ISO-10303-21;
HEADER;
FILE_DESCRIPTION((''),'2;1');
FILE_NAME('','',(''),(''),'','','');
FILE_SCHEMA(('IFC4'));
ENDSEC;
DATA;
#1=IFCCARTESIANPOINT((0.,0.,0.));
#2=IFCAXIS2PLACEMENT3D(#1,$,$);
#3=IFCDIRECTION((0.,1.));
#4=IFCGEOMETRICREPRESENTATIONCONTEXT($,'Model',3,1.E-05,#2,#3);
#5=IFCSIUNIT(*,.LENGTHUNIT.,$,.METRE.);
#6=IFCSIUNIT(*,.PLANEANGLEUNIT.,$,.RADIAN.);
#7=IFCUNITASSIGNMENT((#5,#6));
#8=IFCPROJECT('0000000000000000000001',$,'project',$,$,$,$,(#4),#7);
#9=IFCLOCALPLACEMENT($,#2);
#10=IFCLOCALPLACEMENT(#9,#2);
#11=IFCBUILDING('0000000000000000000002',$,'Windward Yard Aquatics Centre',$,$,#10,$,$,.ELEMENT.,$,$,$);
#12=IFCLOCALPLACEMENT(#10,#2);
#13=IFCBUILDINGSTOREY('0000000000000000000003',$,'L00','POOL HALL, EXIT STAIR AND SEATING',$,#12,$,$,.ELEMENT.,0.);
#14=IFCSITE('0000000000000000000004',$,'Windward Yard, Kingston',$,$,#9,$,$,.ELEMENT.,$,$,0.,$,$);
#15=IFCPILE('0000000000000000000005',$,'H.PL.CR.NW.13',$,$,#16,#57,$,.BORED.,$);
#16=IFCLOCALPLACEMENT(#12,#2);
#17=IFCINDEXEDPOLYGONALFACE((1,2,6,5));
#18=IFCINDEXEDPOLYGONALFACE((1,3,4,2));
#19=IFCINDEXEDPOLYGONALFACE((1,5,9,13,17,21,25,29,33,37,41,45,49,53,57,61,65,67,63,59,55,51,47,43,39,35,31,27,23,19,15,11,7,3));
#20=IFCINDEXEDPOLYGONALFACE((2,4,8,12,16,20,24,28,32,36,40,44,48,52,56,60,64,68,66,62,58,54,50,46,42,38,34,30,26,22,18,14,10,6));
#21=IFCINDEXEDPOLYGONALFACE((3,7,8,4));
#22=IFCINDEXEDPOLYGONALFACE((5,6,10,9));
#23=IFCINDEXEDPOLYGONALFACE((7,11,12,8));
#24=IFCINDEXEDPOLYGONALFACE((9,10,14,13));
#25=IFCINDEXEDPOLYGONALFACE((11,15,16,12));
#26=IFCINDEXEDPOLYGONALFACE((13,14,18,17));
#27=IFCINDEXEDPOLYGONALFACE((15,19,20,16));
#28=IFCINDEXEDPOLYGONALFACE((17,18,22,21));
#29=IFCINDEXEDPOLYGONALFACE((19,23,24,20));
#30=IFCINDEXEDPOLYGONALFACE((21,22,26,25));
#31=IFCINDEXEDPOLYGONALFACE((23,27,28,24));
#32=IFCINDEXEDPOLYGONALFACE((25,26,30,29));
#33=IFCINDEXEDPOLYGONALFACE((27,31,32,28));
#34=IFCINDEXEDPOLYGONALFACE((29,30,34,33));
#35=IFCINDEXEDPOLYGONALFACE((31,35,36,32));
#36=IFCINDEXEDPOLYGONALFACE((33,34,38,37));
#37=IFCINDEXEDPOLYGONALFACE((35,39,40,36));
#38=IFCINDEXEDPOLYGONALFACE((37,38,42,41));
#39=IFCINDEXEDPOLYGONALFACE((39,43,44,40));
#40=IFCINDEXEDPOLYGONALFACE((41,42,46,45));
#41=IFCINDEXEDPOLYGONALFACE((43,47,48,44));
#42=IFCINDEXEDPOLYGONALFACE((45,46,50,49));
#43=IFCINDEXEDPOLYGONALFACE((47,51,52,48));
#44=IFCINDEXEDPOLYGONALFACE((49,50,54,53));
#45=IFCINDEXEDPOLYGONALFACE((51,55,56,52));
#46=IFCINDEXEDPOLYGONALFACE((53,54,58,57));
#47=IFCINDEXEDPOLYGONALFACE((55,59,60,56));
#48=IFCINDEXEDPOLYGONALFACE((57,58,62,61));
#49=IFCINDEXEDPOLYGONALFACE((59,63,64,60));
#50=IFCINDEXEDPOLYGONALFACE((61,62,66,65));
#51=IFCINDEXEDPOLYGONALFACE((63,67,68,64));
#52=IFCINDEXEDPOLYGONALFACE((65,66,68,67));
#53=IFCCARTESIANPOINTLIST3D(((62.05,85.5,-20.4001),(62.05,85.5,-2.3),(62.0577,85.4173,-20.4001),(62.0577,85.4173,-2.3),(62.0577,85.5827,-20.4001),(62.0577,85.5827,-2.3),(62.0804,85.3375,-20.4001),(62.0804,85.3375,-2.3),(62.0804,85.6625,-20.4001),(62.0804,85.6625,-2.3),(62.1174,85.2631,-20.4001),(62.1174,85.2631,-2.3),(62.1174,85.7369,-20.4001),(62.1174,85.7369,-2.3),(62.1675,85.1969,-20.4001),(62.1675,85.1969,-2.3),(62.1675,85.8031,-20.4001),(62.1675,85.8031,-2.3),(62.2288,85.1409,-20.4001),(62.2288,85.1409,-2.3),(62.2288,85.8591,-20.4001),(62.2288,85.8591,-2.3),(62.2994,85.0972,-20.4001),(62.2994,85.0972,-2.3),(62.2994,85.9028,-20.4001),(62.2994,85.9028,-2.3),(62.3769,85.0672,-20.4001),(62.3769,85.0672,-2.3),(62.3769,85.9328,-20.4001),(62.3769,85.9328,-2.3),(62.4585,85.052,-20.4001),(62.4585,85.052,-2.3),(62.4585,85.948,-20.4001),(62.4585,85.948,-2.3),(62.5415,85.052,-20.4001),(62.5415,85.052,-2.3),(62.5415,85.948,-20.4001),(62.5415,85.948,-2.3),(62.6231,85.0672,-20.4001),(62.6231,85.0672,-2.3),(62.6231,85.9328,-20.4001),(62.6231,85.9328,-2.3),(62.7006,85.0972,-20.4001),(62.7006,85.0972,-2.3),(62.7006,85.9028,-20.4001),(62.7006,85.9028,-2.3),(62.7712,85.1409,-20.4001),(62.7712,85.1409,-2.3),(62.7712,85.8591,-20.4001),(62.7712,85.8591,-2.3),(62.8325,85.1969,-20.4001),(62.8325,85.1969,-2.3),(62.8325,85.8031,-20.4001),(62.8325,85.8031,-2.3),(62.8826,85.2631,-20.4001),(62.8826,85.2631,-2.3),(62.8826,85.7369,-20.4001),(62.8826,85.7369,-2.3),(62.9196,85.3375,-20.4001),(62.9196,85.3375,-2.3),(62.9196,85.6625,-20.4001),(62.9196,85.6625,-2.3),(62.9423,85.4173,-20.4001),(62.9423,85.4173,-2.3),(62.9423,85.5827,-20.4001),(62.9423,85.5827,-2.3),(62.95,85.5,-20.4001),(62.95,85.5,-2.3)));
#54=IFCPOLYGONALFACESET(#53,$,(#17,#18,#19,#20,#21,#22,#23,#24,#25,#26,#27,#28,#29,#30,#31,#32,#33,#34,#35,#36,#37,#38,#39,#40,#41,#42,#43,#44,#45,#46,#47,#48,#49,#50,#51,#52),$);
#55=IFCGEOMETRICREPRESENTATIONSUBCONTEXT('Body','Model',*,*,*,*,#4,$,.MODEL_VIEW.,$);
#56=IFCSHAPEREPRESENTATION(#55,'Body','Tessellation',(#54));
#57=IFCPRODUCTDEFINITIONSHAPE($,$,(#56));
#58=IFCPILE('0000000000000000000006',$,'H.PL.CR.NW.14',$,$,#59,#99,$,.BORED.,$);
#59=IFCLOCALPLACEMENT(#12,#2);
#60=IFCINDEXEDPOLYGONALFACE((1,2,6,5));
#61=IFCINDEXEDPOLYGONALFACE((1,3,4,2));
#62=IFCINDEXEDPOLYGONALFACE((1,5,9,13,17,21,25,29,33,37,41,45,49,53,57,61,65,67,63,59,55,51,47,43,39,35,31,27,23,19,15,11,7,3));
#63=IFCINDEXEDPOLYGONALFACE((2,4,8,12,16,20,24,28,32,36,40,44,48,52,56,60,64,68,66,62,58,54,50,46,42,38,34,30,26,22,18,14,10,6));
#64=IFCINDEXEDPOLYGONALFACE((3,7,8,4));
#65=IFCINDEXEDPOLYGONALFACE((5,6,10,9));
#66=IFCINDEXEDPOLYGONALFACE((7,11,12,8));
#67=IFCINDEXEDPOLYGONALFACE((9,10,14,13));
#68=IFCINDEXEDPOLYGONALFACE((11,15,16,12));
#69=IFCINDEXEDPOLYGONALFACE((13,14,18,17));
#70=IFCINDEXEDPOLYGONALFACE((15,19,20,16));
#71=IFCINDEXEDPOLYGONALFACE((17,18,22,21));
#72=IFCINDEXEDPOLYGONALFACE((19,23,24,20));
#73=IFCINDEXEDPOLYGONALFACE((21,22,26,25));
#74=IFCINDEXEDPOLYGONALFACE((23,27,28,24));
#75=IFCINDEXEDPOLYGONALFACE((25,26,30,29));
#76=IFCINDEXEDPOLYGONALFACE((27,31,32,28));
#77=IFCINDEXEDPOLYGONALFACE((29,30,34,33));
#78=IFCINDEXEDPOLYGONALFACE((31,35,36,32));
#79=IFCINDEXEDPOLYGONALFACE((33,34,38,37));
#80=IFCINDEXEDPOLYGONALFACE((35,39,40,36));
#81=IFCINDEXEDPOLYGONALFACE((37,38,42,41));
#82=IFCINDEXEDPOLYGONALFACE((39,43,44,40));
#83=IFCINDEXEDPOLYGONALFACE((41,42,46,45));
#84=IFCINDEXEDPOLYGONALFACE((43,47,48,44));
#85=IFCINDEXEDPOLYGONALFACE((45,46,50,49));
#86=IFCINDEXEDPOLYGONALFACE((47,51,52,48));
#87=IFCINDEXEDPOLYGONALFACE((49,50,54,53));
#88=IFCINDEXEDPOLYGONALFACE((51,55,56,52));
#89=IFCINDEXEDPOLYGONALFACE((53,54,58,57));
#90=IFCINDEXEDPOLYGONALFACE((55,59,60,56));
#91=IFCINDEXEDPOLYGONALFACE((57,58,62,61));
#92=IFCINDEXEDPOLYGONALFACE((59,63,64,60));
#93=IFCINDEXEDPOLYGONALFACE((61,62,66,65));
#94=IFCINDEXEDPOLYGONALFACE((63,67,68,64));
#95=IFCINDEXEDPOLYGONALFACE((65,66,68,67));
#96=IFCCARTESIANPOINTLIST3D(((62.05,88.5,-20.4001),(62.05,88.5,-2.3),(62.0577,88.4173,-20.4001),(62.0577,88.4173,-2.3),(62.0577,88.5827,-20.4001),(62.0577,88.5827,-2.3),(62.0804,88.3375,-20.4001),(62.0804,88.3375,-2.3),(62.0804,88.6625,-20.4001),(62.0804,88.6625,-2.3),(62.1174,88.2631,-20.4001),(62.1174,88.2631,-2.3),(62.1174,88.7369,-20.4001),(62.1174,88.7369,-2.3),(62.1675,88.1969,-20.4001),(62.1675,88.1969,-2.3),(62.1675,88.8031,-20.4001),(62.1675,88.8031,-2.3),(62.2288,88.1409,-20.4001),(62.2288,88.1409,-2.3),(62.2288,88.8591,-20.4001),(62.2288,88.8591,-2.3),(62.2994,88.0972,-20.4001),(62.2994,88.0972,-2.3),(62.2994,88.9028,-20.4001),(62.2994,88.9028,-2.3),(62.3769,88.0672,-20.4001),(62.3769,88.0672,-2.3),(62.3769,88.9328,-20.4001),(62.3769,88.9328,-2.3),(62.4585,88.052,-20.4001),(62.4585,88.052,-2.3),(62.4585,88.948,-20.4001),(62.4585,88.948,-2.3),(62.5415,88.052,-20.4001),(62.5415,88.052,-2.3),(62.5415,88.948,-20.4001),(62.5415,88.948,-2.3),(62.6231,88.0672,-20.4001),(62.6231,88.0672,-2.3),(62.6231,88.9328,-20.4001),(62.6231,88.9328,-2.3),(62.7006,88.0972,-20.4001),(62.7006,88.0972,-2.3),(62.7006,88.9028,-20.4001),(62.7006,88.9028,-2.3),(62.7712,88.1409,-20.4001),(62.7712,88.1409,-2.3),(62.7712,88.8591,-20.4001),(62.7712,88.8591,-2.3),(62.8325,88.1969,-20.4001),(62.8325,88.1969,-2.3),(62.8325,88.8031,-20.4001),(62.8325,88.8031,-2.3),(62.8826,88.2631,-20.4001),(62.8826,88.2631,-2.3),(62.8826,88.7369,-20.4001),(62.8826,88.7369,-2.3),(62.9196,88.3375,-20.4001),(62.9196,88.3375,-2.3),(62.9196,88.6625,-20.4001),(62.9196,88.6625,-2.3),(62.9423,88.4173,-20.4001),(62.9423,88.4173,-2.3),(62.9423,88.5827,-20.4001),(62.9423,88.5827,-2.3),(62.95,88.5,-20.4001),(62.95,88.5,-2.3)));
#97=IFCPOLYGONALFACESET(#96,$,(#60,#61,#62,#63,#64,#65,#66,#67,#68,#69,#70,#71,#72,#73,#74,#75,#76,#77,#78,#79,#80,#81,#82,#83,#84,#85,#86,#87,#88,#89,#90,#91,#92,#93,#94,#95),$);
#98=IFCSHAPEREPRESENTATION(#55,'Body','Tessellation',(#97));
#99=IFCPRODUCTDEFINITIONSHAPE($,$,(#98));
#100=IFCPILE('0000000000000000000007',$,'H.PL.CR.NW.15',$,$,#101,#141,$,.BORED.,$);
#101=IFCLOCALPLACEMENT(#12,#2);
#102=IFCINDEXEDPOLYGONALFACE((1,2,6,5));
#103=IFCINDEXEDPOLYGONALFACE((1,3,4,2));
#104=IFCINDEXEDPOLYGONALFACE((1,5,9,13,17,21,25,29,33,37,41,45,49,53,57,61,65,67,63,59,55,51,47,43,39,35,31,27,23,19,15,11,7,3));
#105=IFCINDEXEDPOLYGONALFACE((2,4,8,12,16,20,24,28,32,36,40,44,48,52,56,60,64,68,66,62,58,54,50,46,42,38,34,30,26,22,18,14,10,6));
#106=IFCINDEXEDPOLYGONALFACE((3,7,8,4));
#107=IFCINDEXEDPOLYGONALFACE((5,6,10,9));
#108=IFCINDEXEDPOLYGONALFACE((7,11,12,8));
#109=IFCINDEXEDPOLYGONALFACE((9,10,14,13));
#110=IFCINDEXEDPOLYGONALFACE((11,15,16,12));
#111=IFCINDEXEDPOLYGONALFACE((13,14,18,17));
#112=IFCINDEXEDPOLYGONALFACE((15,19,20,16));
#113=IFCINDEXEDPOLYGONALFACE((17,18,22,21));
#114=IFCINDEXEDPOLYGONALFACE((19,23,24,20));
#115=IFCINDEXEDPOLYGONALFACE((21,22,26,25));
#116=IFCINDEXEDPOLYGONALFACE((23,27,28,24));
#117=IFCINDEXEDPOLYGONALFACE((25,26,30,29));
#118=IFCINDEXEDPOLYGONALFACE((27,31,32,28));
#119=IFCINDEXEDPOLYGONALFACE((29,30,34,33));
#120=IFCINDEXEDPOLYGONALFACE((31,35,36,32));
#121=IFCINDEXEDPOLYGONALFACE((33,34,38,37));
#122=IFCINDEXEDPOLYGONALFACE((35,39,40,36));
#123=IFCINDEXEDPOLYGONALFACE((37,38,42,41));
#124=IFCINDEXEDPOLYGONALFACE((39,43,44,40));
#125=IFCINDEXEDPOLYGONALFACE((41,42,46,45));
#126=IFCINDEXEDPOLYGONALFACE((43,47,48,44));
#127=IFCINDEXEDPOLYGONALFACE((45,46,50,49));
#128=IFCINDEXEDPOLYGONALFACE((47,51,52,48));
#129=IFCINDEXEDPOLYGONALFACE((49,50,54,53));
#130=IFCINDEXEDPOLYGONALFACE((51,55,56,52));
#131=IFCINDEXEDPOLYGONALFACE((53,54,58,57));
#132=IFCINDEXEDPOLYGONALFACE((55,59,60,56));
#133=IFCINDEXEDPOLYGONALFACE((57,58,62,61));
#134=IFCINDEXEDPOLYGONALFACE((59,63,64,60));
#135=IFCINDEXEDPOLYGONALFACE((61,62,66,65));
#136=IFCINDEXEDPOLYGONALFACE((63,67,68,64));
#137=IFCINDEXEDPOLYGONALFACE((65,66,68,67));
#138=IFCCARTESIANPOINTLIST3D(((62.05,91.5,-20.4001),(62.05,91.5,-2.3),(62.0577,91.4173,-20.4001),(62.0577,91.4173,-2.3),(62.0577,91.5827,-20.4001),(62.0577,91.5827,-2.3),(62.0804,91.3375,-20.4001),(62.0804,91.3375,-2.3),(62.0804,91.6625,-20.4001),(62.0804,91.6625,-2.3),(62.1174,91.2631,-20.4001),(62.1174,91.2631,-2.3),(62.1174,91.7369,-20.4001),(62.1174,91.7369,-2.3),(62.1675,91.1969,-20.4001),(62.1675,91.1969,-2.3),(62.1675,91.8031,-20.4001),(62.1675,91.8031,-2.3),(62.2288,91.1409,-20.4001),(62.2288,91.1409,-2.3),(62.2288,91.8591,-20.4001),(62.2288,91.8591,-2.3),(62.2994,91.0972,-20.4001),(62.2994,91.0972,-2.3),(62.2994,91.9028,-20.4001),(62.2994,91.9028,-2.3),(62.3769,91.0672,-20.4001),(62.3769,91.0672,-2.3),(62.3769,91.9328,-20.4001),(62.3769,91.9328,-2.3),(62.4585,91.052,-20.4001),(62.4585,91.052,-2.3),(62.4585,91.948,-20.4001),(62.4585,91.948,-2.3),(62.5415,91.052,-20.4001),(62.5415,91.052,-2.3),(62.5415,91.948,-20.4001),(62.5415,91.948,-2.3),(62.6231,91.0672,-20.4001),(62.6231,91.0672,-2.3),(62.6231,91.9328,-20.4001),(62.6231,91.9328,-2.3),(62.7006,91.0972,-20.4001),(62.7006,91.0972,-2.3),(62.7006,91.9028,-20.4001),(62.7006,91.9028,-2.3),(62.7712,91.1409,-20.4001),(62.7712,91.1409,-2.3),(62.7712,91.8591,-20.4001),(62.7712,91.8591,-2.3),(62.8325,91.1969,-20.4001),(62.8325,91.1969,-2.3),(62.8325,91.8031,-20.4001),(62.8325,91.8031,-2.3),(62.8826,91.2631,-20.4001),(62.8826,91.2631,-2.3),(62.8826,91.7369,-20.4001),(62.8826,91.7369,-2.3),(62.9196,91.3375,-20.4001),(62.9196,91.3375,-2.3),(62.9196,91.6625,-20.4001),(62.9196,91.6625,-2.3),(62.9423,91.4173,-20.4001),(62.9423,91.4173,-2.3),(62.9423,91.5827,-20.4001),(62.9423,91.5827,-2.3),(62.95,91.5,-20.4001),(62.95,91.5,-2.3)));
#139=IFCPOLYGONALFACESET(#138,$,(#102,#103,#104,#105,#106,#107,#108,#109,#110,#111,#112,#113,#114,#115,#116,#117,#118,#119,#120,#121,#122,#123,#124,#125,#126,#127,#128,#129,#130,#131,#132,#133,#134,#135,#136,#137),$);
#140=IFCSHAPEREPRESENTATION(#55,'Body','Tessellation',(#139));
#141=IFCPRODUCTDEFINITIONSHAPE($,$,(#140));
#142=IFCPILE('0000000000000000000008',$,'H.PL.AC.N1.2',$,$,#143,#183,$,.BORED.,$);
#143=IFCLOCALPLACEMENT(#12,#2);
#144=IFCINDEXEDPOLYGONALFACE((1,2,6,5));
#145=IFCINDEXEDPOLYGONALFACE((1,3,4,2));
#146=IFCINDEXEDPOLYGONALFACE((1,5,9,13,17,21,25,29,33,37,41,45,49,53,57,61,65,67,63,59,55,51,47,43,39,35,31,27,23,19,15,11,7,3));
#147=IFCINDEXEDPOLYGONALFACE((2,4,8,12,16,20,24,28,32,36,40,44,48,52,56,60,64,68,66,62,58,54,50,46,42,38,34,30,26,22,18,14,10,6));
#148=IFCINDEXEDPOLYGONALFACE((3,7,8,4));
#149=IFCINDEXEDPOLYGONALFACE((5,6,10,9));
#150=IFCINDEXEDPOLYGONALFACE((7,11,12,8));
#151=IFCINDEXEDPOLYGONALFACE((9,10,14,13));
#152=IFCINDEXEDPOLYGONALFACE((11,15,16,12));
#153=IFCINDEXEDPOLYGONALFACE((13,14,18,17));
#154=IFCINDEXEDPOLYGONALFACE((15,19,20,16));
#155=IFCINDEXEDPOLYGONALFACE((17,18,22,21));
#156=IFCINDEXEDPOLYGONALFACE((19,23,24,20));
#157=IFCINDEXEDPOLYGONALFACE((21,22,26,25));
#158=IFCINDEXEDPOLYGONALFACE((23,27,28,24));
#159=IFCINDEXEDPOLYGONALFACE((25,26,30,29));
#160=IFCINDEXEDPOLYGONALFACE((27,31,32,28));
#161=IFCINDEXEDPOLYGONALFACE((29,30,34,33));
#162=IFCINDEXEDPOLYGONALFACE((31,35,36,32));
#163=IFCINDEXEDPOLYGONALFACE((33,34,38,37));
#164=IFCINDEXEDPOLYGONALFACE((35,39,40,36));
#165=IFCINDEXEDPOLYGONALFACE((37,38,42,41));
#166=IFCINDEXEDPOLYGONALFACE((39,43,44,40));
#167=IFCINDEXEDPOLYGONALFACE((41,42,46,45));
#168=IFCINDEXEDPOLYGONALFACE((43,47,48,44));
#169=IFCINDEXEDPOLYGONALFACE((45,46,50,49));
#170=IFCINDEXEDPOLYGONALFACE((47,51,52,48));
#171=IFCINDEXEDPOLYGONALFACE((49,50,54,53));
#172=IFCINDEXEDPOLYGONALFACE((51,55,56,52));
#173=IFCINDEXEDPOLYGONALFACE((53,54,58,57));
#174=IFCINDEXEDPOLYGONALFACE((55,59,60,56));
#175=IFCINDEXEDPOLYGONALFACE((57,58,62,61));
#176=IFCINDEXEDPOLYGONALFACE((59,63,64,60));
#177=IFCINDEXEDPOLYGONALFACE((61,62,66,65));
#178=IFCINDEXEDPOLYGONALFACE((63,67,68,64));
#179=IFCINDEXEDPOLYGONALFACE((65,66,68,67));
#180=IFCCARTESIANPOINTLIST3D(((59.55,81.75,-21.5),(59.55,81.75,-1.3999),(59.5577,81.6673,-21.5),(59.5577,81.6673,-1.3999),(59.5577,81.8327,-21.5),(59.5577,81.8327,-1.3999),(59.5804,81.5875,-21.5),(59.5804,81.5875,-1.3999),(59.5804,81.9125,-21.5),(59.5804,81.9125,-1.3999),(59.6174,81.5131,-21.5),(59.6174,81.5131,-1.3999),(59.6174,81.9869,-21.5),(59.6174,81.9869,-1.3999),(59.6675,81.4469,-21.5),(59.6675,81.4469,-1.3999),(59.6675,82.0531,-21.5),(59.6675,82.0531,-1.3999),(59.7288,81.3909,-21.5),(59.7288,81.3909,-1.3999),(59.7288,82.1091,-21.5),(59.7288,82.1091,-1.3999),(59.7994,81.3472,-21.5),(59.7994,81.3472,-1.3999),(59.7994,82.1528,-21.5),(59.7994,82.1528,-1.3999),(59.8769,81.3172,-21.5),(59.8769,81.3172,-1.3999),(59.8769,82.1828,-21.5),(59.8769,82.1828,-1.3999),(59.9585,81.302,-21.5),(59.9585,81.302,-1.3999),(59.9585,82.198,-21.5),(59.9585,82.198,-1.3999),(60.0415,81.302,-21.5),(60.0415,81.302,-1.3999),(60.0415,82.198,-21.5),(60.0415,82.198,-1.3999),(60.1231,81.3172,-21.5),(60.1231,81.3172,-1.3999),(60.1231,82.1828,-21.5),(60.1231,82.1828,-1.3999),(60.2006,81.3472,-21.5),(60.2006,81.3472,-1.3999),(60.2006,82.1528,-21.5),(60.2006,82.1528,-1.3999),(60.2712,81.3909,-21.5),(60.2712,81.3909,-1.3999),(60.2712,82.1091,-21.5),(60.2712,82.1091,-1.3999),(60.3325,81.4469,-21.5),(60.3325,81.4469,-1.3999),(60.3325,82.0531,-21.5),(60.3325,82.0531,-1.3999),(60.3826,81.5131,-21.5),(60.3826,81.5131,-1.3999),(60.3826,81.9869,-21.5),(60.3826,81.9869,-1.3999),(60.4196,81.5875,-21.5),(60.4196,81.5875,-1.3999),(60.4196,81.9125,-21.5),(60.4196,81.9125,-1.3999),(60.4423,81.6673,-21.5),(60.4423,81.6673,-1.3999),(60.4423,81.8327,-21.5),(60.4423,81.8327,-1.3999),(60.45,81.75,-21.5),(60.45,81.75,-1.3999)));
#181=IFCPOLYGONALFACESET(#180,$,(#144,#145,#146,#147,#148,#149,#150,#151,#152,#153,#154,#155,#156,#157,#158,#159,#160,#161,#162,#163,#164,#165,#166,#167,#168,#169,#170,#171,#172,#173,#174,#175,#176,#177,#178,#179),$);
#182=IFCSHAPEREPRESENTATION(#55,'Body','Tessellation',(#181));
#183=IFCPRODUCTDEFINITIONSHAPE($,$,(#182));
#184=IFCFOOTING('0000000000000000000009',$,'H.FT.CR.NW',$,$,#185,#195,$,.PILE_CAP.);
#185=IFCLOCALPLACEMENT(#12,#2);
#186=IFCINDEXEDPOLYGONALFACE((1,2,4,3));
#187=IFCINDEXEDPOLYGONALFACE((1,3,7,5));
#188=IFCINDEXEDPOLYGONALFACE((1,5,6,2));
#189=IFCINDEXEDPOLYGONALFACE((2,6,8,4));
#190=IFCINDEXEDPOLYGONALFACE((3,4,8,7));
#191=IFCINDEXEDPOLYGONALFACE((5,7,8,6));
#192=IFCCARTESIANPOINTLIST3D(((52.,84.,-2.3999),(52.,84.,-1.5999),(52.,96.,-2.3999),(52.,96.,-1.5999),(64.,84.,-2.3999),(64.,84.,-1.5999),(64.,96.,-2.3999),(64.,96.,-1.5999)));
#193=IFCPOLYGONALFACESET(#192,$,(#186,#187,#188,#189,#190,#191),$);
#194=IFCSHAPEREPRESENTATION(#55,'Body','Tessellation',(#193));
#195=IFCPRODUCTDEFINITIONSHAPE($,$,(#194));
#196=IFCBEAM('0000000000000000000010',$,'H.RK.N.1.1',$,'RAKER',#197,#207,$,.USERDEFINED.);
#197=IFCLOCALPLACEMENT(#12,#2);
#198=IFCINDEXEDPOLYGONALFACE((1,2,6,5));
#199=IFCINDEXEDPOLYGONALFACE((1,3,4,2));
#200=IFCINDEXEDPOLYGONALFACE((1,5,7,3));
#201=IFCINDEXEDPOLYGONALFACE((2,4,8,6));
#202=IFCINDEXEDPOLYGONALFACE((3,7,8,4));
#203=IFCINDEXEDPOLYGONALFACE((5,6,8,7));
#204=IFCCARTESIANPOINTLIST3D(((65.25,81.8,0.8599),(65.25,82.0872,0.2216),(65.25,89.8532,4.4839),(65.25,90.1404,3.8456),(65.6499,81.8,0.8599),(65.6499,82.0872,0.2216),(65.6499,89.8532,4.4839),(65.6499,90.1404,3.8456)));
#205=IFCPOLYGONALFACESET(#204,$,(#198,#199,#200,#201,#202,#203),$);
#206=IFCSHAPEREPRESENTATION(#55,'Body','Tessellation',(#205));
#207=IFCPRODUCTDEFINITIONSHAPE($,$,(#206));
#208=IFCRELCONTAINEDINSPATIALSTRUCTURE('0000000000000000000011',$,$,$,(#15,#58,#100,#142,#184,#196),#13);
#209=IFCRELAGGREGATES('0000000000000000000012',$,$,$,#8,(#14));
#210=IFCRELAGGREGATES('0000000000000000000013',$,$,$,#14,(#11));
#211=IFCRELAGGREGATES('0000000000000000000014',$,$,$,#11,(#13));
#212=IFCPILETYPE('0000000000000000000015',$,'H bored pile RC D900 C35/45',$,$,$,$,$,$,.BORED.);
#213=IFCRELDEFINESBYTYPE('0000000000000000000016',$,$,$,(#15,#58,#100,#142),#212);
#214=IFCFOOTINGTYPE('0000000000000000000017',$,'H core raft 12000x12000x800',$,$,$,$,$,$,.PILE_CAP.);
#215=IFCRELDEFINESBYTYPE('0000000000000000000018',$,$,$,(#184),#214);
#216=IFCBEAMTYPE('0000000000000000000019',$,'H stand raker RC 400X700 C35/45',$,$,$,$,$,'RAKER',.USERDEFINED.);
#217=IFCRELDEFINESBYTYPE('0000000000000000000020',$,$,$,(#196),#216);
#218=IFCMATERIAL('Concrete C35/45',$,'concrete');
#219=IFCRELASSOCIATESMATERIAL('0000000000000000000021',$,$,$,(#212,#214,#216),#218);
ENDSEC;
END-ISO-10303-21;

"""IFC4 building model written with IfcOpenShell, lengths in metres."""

from ifc_helpers import new_model, si_unit, direction, frame, origin, origin_2d, place, context, subcontext, project, spatial, rectangle, circle, extrude, material, material_profile, profile_set, type_object, element, save


model = new_model("IFC4")

# Units and contexts
model_context = context("Model", 3, precision=1e-05, world=origin(), true_north=direction((0.0, 1.0)))
body_context = subcontext(model_context, "Body", "Model", "MODEL_VIEW")
ifc_project = project(units=[si_unit("LENGTHUNIT", "METRE"), si_unit("PLANEANGLEUNIT", "RADIAN")], contexts=[model_context])

# Site, building, storey
site_placement = place(None, origin())
site = spatial("IfcSite", under=ifc_project, at=site_placement, Name="Windward Yard, Kingston", CompositionType="ELEMENT", RefElevation=0.0)
building_placement = place(site_placement, origin())
building = spatial("IfcBuilding", under=site, at=building_placement, Name="Windward Yard Aquatics Centre", CompositionType="ELEMENT")
storey_placement = place(building_placement, origin())
storey = spatial("IfcBuildingStorey", under=building, at=storey_placement, Name="L00", Description="POOL HALL, EXIT STAIR AND SEATING", CompositionType="ELEMENT", Elevation=0.0)

# Piles
ifc_material_1 = material(Name="Concrete C35/45", Category="concrete")
ifc_material_profile_1 = material_profile(ifc_material_1, circle(Radius=0.45, at=origin_2d()), Name="RC D900")
ifc_profile_set_1 = profile_set([ifc_material_profile_1], Name="Concrete C35/45")
pile_type = type_object("IfcPileType", Name="H bored pile RC D900 C35/45", PredefinedType="BORED", material=ifc_profile_set_1)
for number, where, z_axis, x_axis, name in (
    (1, (62.5, 85.5, -2.3), (0.0, 0.0, -1.0), (1.0, 0.0, 0.0), "H.PL.CR.NW.13"),
    (2, (62.5, 88.5, -2.3), (0.0, 0.0, -1.0), (1.0, 0.0, 0.0), "H.PL.CR.NW.14"),
    (3, (62.5, 91.5, -2.3), (0.0, 0.0, -1.0), (1.0, 0.0, 0.0), "H.PL.CR.NW.15"),
):
    element("IfcPile", number, at=place(storey_placement, frame(where, z_axis=z_axis, x_axis=x_axis)), inside=storey, type_object=pile_type, Name=name, PredefinedType="BORED", context=body_context, shape_type="SweptSolid", body=[
        extrude(circle(Radius=0.45, at=origin_2d()), origin(), (0.0, 0.0, 1.0), 18.1001),
    ])
pile_placement = place(storey_placement, frame((60.0, 81.75, -1.3999), z_axis=(0.0, 0.0, -1.0), x_axis=(1.0, 0.0, 0.0)))
element("IfcPile", 4, at=pile_placement, inside=storey, type_object=pile_type, Name="H.PL.AC.N1.2", PredefinedType="BORED", context=body_context, shape_type="SweptSolid", body=[
    extrude(circle(Radius=0.45, at=origin_2d()), origin(), (0.0, 0.0, 1.0), 20.1001),
])

# Footing
footing_type = type_object("IfcFootingType", Name="H core raft 12000x12000x800", PredefinedType="PILE_CAP", material=ifc_material_1)
footing_placement = place(storey_placement, frame((58.0, 90.0, -2.3999), z_axis=(0.0, 0.0, 1.0), x_axis=(1.0, 0.0, 0.0)))
element("IfcFooting", 5, at=footing_placement, inside=storey, type_object=footing_type, Name="H.FT.CR.NW", PredefinedType="PILE_CAP", context=body_context, shape_type="SweptSolid", body=[
    extrude(rectangle(XDim=12.0, YDim=12.0, at=origin_2d()), origin(), (0.0, 0.0, 1.0), 0.8),
])

# Beam
ifc_material_profile_2 = material_profile(ifc_material_1, rectangle(XDim=0.3999, YDim=0.7, at=origin_2d()), Name="RC 400X700")
ifc_profile_set_2 = profile_set([ifc_material_profile_2], Name="Concrete C35/45")
beam_type_1 = type_object("IfcBeamType", Name="H stand raker RC 400X700 C35/45", ElementType="RAKER", PredefinedType="USERDEFINED", material=ifc_profile_set_2)
for number, where, z_axis, x_axis, name in (
    (6, (65.45, 81.9436, 0.5408), (0.0, 0.911918, 0.410372), (-1.0, 0.0, 0.0), "H.RK.N.1.1"),
):
    element("IfcBeam", number, at=place(storey_placement, frame(where, z_axis=z_axis, x_axis=x_axis)), inside=storey, type_object=beam_type_1, Name=name, ObjectType="RAKER", PredefinedType="USERDEFINED", context=body_context, shape_type="SweptSolid", body=[
        extrude(rectangle(XDim=0.3999, YDim=0.7, at=origin_2d()), origin(), (0.0, 0.0, 1.0), 8.8311),
    ])

save(model, "model.ifc")
